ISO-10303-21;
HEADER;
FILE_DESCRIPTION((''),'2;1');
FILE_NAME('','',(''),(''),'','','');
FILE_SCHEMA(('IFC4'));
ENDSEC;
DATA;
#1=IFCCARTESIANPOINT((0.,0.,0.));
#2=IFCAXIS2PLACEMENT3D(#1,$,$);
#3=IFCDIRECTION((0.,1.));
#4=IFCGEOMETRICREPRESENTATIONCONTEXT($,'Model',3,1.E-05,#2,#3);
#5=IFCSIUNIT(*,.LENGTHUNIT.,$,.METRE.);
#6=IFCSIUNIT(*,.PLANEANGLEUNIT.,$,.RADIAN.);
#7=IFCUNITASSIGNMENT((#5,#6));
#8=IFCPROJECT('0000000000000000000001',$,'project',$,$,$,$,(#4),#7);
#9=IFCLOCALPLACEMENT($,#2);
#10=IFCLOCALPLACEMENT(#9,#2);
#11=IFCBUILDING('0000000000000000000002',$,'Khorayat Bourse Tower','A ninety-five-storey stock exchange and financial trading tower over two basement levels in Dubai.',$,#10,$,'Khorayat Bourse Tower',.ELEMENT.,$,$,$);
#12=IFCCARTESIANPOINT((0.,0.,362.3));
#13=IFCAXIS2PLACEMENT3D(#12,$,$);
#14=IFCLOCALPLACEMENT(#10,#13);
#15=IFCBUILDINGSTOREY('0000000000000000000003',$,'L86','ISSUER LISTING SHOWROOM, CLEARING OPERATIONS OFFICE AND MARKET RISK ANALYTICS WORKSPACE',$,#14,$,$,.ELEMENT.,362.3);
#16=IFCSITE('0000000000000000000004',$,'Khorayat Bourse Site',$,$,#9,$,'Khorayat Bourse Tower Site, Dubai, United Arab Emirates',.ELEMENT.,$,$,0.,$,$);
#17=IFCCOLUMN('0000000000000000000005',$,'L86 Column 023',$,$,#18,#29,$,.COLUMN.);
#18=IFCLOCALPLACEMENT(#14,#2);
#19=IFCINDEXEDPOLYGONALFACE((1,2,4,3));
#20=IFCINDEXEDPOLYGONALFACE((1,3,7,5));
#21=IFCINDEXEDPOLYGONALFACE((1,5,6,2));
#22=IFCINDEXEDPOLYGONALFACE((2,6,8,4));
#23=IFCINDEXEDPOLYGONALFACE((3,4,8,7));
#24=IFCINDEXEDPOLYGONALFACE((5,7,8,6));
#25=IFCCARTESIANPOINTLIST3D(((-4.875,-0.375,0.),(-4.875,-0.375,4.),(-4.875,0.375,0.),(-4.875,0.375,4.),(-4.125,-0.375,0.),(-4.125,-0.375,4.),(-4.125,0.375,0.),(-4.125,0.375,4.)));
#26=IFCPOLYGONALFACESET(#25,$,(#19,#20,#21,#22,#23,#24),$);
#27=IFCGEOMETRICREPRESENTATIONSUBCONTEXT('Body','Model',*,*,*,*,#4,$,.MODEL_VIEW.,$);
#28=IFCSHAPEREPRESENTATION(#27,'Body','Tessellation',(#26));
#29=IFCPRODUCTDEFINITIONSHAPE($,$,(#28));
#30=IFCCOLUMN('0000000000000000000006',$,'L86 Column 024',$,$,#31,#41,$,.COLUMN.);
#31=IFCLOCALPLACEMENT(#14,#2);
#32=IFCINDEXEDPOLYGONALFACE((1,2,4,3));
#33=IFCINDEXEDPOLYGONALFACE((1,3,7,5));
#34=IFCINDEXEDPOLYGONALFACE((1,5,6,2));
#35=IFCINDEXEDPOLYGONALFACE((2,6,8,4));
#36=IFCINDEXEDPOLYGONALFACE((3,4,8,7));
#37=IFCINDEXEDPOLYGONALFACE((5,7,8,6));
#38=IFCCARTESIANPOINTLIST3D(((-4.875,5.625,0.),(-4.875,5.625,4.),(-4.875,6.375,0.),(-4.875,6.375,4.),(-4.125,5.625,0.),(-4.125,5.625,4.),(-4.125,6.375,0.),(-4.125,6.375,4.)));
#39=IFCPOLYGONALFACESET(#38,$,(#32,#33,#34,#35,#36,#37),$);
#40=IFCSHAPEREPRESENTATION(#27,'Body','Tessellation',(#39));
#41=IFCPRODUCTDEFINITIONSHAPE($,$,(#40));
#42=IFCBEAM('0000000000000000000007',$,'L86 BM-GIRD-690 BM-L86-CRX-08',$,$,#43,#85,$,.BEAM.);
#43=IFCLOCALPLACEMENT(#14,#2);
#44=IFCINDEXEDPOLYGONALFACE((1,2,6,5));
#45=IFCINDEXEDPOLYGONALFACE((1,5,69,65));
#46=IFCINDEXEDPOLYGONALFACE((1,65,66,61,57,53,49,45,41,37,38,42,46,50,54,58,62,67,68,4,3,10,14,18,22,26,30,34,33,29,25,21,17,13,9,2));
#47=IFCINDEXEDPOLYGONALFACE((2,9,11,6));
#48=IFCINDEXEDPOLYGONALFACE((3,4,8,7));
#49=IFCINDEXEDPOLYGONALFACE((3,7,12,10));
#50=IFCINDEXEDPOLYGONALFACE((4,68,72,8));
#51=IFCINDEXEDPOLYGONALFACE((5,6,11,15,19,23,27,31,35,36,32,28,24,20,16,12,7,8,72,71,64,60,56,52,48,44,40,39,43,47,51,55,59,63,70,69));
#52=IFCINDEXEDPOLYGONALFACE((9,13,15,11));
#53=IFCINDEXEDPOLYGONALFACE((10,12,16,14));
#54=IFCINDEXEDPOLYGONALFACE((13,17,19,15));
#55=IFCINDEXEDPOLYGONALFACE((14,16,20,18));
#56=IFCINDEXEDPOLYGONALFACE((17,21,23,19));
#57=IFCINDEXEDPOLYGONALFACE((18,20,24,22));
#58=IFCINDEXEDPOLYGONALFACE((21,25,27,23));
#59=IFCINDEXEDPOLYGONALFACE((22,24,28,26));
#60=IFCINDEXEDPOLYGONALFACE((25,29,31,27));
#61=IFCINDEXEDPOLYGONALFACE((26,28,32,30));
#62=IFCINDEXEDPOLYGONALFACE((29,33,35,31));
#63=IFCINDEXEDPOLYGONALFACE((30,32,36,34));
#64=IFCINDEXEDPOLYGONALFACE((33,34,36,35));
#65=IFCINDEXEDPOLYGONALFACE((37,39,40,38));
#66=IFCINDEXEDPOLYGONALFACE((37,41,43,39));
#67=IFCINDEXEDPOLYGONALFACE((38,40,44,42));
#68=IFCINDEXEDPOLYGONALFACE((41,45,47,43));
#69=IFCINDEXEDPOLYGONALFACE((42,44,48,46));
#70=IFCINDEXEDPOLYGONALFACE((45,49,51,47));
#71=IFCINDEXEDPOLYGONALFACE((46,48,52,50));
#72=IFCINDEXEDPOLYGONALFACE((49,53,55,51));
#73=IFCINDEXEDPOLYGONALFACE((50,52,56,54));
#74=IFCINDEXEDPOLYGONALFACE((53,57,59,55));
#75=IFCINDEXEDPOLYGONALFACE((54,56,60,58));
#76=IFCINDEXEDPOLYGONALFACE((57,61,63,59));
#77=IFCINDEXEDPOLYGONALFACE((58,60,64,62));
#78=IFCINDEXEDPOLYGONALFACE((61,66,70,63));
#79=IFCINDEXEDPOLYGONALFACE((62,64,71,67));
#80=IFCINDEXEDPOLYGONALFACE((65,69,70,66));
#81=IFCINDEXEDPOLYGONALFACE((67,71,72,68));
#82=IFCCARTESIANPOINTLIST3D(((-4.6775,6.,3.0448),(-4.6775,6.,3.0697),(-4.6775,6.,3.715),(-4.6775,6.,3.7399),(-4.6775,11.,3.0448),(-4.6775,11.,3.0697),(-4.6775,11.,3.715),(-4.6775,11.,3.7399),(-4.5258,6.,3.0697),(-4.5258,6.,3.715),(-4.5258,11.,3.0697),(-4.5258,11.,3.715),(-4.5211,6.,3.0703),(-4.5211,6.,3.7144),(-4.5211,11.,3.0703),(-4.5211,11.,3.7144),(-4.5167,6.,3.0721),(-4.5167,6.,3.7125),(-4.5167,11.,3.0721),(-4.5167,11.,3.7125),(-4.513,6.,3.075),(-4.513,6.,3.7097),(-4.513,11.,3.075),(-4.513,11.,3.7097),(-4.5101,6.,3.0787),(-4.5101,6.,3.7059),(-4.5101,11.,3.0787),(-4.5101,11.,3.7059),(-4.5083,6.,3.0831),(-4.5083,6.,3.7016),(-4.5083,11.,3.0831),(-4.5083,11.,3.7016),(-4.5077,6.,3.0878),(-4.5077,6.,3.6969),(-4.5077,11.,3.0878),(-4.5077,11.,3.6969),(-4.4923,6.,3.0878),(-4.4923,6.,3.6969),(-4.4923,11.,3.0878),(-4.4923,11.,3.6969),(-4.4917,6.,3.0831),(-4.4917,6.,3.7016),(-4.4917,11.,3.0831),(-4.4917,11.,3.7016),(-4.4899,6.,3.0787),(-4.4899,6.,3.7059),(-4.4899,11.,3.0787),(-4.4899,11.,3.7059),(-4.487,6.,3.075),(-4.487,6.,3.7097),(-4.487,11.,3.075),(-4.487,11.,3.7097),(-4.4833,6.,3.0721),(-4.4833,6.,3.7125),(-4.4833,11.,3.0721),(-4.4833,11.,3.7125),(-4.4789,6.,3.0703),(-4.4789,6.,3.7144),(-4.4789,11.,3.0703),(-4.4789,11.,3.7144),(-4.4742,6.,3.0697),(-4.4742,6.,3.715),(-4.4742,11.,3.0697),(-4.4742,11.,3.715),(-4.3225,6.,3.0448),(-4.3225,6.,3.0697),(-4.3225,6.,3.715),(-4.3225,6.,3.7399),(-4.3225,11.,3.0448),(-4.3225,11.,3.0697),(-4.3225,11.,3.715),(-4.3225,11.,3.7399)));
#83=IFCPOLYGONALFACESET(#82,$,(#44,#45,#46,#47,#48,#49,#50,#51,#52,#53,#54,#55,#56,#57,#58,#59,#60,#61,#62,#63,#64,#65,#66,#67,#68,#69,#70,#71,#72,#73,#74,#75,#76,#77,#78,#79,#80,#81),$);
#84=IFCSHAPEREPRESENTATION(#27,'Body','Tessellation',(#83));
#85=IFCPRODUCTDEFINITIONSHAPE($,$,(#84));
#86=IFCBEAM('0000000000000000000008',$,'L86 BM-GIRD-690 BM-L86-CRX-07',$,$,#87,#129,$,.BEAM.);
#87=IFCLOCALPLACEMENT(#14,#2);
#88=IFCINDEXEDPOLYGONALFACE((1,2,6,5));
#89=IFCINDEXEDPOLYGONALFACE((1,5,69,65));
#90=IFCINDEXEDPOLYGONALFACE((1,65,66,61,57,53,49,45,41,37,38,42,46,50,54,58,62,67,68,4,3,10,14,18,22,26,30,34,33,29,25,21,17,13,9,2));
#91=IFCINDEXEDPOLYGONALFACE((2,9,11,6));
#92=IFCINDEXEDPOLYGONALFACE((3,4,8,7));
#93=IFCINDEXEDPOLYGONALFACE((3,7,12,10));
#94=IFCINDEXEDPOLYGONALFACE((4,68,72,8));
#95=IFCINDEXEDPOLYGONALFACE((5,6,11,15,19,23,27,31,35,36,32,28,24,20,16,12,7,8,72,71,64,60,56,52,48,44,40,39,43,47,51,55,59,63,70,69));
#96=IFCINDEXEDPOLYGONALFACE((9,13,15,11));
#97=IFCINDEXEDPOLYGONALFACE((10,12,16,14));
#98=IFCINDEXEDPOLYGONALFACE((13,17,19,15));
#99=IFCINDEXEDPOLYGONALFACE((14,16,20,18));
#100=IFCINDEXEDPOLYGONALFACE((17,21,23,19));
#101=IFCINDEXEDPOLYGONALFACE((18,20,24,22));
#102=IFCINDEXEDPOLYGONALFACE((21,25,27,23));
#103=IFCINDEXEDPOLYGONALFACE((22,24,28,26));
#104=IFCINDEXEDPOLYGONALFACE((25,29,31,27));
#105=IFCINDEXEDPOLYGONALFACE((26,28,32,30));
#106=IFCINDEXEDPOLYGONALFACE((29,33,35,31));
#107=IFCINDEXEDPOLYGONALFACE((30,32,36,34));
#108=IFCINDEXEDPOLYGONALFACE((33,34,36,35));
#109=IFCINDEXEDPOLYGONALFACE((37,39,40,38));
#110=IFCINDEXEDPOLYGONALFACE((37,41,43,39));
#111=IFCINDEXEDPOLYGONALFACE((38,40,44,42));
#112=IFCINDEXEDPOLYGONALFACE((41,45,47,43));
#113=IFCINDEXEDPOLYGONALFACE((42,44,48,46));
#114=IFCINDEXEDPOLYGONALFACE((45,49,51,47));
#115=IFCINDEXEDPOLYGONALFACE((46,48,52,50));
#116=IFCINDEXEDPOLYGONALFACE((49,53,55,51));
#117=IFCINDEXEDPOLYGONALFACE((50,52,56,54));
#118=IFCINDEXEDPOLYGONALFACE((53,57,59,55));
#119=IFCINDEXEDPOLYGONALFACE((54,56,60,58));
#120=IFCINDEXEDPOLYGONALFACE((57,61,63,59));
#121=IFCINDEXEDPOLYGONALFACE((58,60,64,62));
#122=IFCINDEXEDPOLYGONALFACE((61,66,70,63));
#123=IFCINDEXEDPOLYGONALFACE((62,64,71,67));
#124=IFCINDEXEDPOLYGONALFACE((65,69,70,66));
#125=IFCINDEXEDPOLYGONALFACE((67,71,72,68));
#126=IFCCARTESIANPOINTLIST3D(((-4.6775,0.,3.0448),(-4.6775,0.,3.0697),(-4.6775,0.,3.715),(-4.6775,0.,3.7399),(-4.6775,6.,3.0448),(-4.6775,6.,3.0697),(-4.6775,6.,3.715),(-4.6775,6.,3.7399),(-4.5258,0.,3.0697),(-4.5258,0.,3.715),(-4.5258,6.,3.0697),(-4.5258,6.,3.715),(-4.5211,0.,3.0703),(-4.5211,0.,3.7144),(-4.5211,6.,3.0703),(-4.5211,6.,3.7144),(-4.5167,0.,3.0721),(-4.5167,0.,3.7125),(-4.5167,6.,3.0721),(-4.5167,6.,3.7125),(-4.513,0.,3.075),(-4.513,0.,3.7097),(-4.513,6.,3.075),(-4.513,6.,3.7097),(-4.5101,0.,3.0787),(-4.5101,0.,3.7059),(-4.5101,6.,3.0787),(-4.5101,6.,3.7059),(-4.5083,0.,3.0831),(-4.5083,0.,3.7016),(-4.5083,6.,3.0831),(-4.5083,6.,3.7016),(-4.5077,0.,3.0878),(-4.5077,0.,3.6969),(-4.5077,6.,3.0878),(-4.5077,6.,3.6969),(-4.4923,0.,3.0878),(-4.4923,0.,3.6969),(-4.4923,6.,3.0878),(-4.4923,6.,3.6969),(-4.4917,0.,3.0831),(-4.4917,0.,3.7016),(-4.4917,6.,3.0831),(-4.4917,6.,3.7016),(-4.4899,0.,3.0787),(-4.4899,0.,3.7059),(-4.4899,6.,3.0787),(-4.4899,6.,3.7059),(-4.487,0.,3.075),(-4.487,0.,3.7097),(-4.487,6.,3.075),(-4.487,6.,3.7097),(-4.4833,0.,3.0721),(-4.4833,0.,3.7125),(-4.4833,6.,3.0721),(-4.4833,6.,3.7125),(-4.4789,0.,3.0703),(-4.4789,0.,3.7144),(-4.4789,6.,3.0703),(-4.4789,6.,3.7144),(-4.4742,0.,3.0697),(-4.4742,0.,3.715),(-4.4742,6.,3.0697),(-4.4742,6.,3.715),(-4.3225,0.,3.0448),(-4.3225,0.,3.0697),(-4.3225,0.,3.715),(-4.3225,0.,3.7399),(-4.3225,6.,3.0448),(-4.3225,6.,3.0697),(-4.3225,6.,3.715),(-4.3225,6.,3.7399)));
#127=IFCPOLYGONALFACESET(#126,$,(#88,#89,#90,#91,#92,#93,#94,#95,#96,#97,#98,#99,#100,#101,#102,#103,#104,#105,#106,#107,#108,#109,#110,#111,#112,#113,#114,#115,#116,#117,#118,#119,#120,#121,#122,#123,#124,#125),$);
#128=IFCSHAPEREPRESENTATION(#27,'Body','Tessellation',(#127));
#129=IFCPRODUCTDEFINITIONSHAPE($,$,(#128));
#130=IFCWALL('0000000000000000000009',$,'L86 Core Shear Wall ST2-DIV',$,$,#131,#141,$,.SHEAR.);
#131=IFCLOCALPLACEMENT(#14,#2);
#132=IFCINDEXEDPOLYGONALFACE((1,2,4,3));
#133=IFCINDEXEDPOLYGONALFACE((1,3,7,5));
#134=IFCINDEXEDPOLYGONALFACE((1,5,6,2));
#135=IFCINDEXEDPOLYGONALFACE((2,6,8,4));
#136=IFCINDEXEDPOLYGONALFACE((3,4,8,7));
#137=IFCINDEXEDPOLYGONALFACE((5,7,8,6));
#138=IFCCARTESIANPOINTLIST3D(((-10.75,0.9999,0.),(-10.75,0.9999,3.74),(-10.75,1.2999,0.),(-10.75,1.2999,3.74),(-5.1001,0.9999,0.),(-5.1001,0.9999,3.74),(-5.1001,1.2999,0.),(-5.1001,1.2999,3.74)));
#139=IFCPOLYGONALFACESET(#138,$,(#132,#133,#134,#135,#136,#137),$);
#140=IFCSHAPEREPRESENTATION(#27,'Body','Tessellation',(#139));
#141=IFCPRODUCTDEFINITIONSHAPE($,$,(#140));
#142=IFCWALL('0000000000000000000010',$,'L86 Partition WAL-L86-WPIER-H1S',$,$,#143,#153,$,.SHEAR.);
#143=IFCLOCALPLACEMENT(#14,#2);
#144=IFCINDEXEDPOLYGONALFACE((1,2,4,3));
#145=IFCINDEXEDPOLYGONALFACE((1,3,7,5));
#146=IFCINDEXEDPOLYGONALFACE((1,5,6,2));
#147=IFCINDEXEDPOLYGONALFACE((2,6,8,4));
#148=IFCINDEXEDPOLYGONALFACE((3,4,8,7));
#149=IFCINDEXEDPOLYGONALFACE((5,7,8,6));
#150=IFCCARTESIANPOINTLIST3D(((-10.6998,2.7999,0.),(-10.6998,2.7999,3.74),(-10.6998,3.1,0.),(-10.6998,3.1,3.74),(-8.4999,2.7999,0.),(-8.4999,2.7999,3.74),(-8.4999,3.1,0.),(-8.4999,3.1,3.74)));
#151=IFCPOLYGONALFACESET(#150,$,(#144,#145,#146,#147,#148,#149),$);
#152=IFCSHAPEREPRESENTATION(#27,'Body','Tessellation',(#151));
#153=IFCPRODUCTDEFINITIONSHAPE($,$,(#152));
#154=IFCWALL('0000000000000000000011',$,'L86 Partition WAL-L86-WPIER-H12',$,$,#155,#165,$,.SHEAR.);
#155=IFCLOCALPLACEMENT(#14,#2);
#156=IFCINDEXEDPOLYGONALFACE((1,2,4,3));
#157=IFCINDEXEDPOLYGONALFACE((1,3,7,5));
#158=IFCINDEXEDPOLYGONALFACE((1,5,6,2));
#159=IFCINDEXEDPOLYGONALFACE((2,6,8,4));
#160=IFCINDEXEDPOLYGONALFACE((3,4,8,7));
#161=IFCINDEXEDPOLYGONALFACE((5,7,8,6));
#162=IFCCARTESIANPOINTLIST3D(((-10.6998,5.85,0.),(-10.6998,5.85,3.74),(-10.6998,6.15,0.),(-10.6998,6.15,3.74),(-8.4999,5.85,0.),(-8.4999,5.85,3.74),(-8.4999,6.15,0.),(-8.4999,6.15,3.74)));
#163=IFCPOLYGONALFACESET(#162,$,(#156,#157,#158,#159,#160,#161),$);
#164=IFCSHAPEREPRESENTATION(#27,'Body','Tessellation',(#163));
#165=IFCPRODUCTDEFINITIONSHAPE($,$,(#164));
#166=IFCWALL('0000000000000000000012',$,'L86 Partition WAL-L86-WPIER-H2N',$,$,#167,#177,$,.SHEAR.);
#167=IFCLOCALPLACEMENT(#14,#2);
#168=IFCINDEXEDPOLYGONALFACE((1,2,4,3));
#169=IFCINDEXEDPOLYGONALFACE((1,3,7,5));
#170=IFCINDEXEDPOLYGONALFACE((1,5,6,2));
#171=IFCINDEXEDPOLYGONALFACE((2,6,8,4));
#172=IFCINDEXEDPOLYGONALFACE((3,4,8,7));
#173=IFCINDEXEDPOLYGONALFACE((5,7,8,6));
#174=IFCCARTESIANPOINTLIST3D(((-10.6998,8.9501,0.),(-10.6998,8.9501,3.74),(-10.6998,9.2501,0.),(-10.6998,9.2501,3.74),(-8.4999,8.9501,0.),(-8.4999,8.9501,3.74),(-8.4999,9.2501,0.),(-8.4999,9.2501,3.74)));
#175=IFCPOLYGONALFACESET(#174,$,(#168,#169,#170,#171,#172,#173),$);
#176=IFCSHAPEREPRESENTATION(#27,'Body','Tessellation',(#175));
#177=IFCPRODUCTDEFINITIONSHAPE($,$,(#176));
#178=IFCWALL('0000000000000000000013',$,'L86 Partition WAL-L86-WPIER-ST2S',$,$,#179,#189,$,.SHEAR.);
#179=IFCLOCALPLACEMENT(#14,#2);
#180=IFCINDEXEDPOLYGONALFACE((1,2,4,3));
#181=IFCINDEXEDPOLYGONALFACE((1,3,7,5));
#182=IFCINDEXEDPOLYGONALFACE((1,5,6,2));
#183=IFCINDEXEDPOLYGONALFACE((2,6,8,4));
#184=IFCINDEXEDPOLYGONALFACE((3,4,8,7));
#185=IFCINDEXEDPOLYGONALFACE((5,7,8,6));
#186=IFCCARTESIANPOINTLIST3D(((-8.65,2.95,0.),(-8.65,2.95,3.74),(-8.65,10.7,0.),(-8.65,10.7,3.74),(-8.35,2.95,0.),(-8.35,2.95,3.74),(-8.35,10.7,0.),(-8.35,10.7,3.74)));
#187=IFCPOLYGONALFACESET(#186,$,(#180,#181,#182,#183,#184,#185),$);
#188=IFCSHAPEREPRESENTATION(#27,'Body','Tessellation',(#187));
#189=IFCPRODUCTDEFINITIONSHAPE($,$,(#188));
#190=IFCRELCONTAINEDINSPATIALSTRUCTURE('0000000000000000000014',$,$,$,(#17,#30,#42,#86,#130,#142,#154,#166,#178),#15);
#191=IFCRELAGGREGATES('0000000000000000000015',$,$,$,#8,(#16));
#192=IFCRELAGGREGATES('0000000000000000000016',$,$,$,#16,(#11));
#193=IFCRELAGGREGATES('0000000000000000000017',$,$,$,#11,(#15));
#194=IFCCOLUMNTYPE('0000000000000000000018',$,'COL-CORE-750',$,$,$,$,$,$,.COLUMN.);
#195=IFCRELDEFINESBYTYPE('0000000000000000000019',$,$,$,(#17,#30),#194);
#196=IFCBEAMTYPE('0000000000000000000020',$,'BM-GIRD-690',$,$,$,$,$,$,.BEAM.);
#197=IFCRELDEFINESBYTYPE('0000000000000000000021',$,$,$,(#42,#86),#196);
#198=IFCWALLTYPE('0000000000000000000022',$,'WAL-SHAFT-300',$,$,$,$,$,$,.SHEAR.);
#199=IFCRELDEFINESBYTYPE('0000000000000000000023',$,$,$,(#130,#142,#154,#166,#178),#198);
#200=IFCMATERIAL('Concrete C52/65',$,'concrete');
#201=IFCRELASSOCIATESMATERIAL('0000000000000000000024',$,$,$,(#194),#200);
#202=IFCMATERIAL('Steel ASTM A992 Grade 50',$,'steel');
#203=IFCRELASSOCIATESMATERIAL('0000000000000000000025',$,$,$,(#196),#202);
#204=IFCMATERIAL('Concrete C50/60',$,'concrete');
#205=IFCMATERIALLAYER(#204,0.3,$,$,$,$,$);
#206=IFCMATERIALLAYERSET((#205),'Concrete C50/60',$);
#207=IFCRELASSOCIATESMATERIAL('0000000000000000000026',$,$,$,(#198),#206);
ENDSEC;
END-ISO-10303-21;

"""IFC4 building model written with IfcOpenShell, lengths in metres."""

from ifc_helpers import new_model, si_unit, direction, frame, frame_2d, origin, origin_2d, place, context, subcontext, project, spatial, rectangle, i_section, extrude, source, transform, mapped, material, layer, layer_set, material_profile, profile_set, type_object, element, save


model = new_model("IFC4")

# Units and contexts
model_context = context("Model", 3, precision=1e-05, world=origin(), true_north=direction((0.0, 1.0)))
body_context = subcontext(model_context, "Body", "Model", "MODEL_VIEW")
ifc_project = project(units=[si_unit("LENGTHUNIT", "METRE"), si_unit("PLANEANGLEUNIT", "RADIAN")], contexts=[model_context])

# Site, building, storey
site_placement = place(None, origin())
site = spatial("IfcSite", under=ifc_project, at=site_placement, Name="Khorayat Bourse Site", LongName="Khorayat Bourse Tower Site, Dubai, United Arab Emirates", CompositionType="ELEMENT", RefElevation=0.0)
building_placement = place(site_placement, origin())
building = spatial("IfcBuilding", under=site, at=building_placement, Name="Khorayat Bourse Tower", Description="A ninety-five-storey stock exchange and financial trading tower over two basement levels in Dubai.", LongName="Khorayat Bourse Tower", CompositionType="ELEMENT")
storey_placement = place(building_placement, frame((0.0, 0.0, 362.3)))
storey = spatial("IfcBuildingStorey", under=building, at=storey_placement, Name="L86", Description="ISSUER LISTING SHOWROOM, CLEARING OPERATIONS OFFICE AND MARKET RISK ANALYTICS WORKSPACE", CompositionType="ELEMENT", Elevation=362.3)

# Columns
ifc_material_1 = material(Name="Concrete C52/65", Category="concrete")
ifc_material_profile_1 = material_profile(ifc_material_1, rectangle(XDim=0.75, YDim=0.75, at=origin_2d()), Name="RC 750x750")
ifc_profile_set_1 = profile_set([ifc_material_profile_1], Name="Concrete C52/65")
column_type = type_object("IfcColumnType", Name="COL-CORE-750", PredefinedType="COLUMN", material=ifc_profile_set_1)
shared_shape_1 = source(origin(), body_context, "Body", "SweptSolid", [
    extrude(rectangle(XDim=0.75, YDim=0.75, at=origin_2d()), origin(), (0.0, 0.0, 1.0), 4.0),
])
for number, where, z_axis, x_axis, name in (
    (1, (-4.5, 0.0, 0.0), (0.0, 0.0, 1.0), (1.0, 0.0, 0.0), "L86 Column 023"),
    (2, (-4.5, 6.0, 0.0), (0.0, 0.0, 1.0), (1.0, 0.0, 0.0), "L86 Column 024"),
):
    element("IfcColumn", number, at=place(storey_placement, frame(where, z_axis=z_axis, x_axis=x_axis)), inside=storey, type_object=column_type, Name=name, PredefinedType="COLUMN", context=body_context, shape_type="MappedRepresentation", body=[
        mapped(shared_shape_1, transform((0.0, 0.0, 0.0), scale=1.0)),
    ])

# Beams
ifc_material_2 = material(Name="Steel ASTM A992 Grade 50", Category="steel")
ifc_material_profile_2 = material_profile(ifc_material_2, i_section(OverallWidth=0.355, OverallDepth=0.6951, WebThickness=0.0154, FlangeThickness=0.0249, FilletRadius=0.0181, at=origin_2d()), Name="W690X217")
ifc_profile_set_2 = profile_set([ifc_material_profile_2], Name="Steel ASTM A992 Grade 50")
beam_type = type_object("IfcBeamType", Name="BM-GIRD-690", PredefinedType="BEAM", material=ifc_profile_set_2)
shared_shape_2 = source(origin(), body_context, "Body", "SweptSolid", [
    extrude(i_section(OverallWidth=0.355, OverallDepth=0.6951, WebThickness=0.0154, FlangeThickness=0.0249, FilletRadius=0.0181, at=origin_2d()), origin(), (0.0, 0.0, 1.0), 5.0),
])
beam_1_placement = place(storey_placement, frame((-4.5, 6.0, 3.3923), z_axis=(0.0, 1.0, 0.0), x_axis=(-1.0, 0.0, 0.0)))
element("IfcBeam", 3, at=beam_1_placement, inside=storey, type_object=beam_type, Name="L86 BM-GIRD-690 BM-L86-CRX-08", PredefinedType="BEAM", context=body_context, shape_type="MappedRepresentation", body=[
    mapped(shared_shape_2, transform((0.0, 0.0, 0.0), scale=1.0)),
])
shared_shape_3 = source(origin(), body_context, "Body", "SweptSolid", [
    extrude(i_section(OverallWidth=0.355, OverallDepth=0.6951, WebThickness=0.0154, FlangeThickness=0.0249, FilletRadius=0.0181, at=origin_2d()), origin(), (0.0, 0.0, 1.0), 6.0),
])
beam_2_placement = place(storey_placement, frame((-4.5, 0.0, 3.3923), z_axis=(0.0, 1.0, 0.0), x_axis=(-1.0, 0.0, 0.0)))
element("IfcBeam", 4, at=beam_2_placement, inside=storey, type_object=beam_type, Name="L86 BM-GIRD-690 BM-L86-CRX-07", PredefinedType="BEAM", context=body_context, shape_type="MappedRepresentation", body=[
    mapped(shared_shape_3, transform((0.0, 0.0, 0.0), scale=1.0)),
])

# Walls
ifc_material_3 = material(Name="Concrete C50/60", Category="concrete")
ifc_layer_1 = layer(ifc_material_3, 0.3)
ifc_layer_set_1 = layer_set([ifc_layer_1], Name="Concrete C50/60")
wall_type_1 = type_object("IfcWallType", Name="WAL-SHAFT-300", PredefinedType="SHEAR", material=ifc_layer_set_1)
shared_shape_4 = source(origin(), body_context, "Body", "SweptSolid", [
    extrude(rectangle(XDim=5.6499, YDim=0.3, at=frame_2d((2.825, 0.0))), origin(), (0.0, 0.0, 1.0), 3.74),
])
wall_1_placement = place(storey_placement, frame((-10.75, 1.1499, 0.0), z_axis=(0.0, 0.0, 1.0), x_axis=(1.0, 0.0, 0.0)))
element("IfcWall", 5, at=wall_1_placement, inside=storey, type_object=wall_type_1, Name="L86 Core Shear Wall ST2-DIV", PredefinedType="SHEAR", context=body_context, shape_type="MappedRepresentation", body=[
    mapped(shared_shape_4, transform((0.0, 0.0, 0.0), scale=1.0)),
])
shared_shape_5 = source(origin(), body_context, "Body", "SweptSolid", [
    extrude(rectangle(XDim=2.2, YDim=0.3, at=frame_2d((1.1001, 0.0))), origin(), (0.0, 0.0, 1.0), 3.74),
])
for number, where, z_axis, x_axis, name in (
    (6, (-10.7, 2.95, 0.0), (0.0, 0.0, 1.0), (1.0, 0.0, 0.0), "L86 Partition WAL-L86-WPIER-H1S"),
    (7, (-10.7, 6.0, 0.0), (0.0, 0.0, 1.0), (1.0, 0.0, 0.0), "L86 Partition WAL-L86-WPIER-H12"),
    (8, (-10.7, 9.1001, 0.0), (0.0, 0.0, 1.0), (1.0, 0.0, 0.0), "L86 Partition WAL-L86-WPIER-H2N"),
):
    element("IfcWall", number, at=place(storey_placement, frame(where, z_axis=z_axis, x_axis=x_axis)), inside=storey, type_object=wall_type_1, Name=name, PredefinedType="SHEAR", context=body_context, shape_type="MappedRepresentation", body=[
        mapped(shared_shape_5, transform((0.0, 0.0, 0.0), scale=1.0)),
    ])
shared_shape_6 = source(origin(), body_context, "Body", "SweptSolid", [
    extrude(rectangle(XDim=7.75, YDim=0.3, at=frame_2d((3.875, 0.0))), origin(), (0.0, 0.0, 1.0), 3.74),
])
wall_2_placement = place(storey_placement, frame((-8.5, 2.95, 0.0), z_axis=(0.0, 0.0, 1.0), x_axis=(0.0, 1.0, 0.0)))
element("IfcWall", 9, at=wall_2_placement, inside=storey, type_object=wall_type_1, Name="L86 Partition WAL-L86-WPIER-ST2S", PredefinedType="SHEAR", context=body_context, shape_type="MappedRepresentation", body=[
    mapped(shared_shape_6, transform((0.0, 0.0, 0.0), scale=1.0)),
])

save(model, "model.ifc")
